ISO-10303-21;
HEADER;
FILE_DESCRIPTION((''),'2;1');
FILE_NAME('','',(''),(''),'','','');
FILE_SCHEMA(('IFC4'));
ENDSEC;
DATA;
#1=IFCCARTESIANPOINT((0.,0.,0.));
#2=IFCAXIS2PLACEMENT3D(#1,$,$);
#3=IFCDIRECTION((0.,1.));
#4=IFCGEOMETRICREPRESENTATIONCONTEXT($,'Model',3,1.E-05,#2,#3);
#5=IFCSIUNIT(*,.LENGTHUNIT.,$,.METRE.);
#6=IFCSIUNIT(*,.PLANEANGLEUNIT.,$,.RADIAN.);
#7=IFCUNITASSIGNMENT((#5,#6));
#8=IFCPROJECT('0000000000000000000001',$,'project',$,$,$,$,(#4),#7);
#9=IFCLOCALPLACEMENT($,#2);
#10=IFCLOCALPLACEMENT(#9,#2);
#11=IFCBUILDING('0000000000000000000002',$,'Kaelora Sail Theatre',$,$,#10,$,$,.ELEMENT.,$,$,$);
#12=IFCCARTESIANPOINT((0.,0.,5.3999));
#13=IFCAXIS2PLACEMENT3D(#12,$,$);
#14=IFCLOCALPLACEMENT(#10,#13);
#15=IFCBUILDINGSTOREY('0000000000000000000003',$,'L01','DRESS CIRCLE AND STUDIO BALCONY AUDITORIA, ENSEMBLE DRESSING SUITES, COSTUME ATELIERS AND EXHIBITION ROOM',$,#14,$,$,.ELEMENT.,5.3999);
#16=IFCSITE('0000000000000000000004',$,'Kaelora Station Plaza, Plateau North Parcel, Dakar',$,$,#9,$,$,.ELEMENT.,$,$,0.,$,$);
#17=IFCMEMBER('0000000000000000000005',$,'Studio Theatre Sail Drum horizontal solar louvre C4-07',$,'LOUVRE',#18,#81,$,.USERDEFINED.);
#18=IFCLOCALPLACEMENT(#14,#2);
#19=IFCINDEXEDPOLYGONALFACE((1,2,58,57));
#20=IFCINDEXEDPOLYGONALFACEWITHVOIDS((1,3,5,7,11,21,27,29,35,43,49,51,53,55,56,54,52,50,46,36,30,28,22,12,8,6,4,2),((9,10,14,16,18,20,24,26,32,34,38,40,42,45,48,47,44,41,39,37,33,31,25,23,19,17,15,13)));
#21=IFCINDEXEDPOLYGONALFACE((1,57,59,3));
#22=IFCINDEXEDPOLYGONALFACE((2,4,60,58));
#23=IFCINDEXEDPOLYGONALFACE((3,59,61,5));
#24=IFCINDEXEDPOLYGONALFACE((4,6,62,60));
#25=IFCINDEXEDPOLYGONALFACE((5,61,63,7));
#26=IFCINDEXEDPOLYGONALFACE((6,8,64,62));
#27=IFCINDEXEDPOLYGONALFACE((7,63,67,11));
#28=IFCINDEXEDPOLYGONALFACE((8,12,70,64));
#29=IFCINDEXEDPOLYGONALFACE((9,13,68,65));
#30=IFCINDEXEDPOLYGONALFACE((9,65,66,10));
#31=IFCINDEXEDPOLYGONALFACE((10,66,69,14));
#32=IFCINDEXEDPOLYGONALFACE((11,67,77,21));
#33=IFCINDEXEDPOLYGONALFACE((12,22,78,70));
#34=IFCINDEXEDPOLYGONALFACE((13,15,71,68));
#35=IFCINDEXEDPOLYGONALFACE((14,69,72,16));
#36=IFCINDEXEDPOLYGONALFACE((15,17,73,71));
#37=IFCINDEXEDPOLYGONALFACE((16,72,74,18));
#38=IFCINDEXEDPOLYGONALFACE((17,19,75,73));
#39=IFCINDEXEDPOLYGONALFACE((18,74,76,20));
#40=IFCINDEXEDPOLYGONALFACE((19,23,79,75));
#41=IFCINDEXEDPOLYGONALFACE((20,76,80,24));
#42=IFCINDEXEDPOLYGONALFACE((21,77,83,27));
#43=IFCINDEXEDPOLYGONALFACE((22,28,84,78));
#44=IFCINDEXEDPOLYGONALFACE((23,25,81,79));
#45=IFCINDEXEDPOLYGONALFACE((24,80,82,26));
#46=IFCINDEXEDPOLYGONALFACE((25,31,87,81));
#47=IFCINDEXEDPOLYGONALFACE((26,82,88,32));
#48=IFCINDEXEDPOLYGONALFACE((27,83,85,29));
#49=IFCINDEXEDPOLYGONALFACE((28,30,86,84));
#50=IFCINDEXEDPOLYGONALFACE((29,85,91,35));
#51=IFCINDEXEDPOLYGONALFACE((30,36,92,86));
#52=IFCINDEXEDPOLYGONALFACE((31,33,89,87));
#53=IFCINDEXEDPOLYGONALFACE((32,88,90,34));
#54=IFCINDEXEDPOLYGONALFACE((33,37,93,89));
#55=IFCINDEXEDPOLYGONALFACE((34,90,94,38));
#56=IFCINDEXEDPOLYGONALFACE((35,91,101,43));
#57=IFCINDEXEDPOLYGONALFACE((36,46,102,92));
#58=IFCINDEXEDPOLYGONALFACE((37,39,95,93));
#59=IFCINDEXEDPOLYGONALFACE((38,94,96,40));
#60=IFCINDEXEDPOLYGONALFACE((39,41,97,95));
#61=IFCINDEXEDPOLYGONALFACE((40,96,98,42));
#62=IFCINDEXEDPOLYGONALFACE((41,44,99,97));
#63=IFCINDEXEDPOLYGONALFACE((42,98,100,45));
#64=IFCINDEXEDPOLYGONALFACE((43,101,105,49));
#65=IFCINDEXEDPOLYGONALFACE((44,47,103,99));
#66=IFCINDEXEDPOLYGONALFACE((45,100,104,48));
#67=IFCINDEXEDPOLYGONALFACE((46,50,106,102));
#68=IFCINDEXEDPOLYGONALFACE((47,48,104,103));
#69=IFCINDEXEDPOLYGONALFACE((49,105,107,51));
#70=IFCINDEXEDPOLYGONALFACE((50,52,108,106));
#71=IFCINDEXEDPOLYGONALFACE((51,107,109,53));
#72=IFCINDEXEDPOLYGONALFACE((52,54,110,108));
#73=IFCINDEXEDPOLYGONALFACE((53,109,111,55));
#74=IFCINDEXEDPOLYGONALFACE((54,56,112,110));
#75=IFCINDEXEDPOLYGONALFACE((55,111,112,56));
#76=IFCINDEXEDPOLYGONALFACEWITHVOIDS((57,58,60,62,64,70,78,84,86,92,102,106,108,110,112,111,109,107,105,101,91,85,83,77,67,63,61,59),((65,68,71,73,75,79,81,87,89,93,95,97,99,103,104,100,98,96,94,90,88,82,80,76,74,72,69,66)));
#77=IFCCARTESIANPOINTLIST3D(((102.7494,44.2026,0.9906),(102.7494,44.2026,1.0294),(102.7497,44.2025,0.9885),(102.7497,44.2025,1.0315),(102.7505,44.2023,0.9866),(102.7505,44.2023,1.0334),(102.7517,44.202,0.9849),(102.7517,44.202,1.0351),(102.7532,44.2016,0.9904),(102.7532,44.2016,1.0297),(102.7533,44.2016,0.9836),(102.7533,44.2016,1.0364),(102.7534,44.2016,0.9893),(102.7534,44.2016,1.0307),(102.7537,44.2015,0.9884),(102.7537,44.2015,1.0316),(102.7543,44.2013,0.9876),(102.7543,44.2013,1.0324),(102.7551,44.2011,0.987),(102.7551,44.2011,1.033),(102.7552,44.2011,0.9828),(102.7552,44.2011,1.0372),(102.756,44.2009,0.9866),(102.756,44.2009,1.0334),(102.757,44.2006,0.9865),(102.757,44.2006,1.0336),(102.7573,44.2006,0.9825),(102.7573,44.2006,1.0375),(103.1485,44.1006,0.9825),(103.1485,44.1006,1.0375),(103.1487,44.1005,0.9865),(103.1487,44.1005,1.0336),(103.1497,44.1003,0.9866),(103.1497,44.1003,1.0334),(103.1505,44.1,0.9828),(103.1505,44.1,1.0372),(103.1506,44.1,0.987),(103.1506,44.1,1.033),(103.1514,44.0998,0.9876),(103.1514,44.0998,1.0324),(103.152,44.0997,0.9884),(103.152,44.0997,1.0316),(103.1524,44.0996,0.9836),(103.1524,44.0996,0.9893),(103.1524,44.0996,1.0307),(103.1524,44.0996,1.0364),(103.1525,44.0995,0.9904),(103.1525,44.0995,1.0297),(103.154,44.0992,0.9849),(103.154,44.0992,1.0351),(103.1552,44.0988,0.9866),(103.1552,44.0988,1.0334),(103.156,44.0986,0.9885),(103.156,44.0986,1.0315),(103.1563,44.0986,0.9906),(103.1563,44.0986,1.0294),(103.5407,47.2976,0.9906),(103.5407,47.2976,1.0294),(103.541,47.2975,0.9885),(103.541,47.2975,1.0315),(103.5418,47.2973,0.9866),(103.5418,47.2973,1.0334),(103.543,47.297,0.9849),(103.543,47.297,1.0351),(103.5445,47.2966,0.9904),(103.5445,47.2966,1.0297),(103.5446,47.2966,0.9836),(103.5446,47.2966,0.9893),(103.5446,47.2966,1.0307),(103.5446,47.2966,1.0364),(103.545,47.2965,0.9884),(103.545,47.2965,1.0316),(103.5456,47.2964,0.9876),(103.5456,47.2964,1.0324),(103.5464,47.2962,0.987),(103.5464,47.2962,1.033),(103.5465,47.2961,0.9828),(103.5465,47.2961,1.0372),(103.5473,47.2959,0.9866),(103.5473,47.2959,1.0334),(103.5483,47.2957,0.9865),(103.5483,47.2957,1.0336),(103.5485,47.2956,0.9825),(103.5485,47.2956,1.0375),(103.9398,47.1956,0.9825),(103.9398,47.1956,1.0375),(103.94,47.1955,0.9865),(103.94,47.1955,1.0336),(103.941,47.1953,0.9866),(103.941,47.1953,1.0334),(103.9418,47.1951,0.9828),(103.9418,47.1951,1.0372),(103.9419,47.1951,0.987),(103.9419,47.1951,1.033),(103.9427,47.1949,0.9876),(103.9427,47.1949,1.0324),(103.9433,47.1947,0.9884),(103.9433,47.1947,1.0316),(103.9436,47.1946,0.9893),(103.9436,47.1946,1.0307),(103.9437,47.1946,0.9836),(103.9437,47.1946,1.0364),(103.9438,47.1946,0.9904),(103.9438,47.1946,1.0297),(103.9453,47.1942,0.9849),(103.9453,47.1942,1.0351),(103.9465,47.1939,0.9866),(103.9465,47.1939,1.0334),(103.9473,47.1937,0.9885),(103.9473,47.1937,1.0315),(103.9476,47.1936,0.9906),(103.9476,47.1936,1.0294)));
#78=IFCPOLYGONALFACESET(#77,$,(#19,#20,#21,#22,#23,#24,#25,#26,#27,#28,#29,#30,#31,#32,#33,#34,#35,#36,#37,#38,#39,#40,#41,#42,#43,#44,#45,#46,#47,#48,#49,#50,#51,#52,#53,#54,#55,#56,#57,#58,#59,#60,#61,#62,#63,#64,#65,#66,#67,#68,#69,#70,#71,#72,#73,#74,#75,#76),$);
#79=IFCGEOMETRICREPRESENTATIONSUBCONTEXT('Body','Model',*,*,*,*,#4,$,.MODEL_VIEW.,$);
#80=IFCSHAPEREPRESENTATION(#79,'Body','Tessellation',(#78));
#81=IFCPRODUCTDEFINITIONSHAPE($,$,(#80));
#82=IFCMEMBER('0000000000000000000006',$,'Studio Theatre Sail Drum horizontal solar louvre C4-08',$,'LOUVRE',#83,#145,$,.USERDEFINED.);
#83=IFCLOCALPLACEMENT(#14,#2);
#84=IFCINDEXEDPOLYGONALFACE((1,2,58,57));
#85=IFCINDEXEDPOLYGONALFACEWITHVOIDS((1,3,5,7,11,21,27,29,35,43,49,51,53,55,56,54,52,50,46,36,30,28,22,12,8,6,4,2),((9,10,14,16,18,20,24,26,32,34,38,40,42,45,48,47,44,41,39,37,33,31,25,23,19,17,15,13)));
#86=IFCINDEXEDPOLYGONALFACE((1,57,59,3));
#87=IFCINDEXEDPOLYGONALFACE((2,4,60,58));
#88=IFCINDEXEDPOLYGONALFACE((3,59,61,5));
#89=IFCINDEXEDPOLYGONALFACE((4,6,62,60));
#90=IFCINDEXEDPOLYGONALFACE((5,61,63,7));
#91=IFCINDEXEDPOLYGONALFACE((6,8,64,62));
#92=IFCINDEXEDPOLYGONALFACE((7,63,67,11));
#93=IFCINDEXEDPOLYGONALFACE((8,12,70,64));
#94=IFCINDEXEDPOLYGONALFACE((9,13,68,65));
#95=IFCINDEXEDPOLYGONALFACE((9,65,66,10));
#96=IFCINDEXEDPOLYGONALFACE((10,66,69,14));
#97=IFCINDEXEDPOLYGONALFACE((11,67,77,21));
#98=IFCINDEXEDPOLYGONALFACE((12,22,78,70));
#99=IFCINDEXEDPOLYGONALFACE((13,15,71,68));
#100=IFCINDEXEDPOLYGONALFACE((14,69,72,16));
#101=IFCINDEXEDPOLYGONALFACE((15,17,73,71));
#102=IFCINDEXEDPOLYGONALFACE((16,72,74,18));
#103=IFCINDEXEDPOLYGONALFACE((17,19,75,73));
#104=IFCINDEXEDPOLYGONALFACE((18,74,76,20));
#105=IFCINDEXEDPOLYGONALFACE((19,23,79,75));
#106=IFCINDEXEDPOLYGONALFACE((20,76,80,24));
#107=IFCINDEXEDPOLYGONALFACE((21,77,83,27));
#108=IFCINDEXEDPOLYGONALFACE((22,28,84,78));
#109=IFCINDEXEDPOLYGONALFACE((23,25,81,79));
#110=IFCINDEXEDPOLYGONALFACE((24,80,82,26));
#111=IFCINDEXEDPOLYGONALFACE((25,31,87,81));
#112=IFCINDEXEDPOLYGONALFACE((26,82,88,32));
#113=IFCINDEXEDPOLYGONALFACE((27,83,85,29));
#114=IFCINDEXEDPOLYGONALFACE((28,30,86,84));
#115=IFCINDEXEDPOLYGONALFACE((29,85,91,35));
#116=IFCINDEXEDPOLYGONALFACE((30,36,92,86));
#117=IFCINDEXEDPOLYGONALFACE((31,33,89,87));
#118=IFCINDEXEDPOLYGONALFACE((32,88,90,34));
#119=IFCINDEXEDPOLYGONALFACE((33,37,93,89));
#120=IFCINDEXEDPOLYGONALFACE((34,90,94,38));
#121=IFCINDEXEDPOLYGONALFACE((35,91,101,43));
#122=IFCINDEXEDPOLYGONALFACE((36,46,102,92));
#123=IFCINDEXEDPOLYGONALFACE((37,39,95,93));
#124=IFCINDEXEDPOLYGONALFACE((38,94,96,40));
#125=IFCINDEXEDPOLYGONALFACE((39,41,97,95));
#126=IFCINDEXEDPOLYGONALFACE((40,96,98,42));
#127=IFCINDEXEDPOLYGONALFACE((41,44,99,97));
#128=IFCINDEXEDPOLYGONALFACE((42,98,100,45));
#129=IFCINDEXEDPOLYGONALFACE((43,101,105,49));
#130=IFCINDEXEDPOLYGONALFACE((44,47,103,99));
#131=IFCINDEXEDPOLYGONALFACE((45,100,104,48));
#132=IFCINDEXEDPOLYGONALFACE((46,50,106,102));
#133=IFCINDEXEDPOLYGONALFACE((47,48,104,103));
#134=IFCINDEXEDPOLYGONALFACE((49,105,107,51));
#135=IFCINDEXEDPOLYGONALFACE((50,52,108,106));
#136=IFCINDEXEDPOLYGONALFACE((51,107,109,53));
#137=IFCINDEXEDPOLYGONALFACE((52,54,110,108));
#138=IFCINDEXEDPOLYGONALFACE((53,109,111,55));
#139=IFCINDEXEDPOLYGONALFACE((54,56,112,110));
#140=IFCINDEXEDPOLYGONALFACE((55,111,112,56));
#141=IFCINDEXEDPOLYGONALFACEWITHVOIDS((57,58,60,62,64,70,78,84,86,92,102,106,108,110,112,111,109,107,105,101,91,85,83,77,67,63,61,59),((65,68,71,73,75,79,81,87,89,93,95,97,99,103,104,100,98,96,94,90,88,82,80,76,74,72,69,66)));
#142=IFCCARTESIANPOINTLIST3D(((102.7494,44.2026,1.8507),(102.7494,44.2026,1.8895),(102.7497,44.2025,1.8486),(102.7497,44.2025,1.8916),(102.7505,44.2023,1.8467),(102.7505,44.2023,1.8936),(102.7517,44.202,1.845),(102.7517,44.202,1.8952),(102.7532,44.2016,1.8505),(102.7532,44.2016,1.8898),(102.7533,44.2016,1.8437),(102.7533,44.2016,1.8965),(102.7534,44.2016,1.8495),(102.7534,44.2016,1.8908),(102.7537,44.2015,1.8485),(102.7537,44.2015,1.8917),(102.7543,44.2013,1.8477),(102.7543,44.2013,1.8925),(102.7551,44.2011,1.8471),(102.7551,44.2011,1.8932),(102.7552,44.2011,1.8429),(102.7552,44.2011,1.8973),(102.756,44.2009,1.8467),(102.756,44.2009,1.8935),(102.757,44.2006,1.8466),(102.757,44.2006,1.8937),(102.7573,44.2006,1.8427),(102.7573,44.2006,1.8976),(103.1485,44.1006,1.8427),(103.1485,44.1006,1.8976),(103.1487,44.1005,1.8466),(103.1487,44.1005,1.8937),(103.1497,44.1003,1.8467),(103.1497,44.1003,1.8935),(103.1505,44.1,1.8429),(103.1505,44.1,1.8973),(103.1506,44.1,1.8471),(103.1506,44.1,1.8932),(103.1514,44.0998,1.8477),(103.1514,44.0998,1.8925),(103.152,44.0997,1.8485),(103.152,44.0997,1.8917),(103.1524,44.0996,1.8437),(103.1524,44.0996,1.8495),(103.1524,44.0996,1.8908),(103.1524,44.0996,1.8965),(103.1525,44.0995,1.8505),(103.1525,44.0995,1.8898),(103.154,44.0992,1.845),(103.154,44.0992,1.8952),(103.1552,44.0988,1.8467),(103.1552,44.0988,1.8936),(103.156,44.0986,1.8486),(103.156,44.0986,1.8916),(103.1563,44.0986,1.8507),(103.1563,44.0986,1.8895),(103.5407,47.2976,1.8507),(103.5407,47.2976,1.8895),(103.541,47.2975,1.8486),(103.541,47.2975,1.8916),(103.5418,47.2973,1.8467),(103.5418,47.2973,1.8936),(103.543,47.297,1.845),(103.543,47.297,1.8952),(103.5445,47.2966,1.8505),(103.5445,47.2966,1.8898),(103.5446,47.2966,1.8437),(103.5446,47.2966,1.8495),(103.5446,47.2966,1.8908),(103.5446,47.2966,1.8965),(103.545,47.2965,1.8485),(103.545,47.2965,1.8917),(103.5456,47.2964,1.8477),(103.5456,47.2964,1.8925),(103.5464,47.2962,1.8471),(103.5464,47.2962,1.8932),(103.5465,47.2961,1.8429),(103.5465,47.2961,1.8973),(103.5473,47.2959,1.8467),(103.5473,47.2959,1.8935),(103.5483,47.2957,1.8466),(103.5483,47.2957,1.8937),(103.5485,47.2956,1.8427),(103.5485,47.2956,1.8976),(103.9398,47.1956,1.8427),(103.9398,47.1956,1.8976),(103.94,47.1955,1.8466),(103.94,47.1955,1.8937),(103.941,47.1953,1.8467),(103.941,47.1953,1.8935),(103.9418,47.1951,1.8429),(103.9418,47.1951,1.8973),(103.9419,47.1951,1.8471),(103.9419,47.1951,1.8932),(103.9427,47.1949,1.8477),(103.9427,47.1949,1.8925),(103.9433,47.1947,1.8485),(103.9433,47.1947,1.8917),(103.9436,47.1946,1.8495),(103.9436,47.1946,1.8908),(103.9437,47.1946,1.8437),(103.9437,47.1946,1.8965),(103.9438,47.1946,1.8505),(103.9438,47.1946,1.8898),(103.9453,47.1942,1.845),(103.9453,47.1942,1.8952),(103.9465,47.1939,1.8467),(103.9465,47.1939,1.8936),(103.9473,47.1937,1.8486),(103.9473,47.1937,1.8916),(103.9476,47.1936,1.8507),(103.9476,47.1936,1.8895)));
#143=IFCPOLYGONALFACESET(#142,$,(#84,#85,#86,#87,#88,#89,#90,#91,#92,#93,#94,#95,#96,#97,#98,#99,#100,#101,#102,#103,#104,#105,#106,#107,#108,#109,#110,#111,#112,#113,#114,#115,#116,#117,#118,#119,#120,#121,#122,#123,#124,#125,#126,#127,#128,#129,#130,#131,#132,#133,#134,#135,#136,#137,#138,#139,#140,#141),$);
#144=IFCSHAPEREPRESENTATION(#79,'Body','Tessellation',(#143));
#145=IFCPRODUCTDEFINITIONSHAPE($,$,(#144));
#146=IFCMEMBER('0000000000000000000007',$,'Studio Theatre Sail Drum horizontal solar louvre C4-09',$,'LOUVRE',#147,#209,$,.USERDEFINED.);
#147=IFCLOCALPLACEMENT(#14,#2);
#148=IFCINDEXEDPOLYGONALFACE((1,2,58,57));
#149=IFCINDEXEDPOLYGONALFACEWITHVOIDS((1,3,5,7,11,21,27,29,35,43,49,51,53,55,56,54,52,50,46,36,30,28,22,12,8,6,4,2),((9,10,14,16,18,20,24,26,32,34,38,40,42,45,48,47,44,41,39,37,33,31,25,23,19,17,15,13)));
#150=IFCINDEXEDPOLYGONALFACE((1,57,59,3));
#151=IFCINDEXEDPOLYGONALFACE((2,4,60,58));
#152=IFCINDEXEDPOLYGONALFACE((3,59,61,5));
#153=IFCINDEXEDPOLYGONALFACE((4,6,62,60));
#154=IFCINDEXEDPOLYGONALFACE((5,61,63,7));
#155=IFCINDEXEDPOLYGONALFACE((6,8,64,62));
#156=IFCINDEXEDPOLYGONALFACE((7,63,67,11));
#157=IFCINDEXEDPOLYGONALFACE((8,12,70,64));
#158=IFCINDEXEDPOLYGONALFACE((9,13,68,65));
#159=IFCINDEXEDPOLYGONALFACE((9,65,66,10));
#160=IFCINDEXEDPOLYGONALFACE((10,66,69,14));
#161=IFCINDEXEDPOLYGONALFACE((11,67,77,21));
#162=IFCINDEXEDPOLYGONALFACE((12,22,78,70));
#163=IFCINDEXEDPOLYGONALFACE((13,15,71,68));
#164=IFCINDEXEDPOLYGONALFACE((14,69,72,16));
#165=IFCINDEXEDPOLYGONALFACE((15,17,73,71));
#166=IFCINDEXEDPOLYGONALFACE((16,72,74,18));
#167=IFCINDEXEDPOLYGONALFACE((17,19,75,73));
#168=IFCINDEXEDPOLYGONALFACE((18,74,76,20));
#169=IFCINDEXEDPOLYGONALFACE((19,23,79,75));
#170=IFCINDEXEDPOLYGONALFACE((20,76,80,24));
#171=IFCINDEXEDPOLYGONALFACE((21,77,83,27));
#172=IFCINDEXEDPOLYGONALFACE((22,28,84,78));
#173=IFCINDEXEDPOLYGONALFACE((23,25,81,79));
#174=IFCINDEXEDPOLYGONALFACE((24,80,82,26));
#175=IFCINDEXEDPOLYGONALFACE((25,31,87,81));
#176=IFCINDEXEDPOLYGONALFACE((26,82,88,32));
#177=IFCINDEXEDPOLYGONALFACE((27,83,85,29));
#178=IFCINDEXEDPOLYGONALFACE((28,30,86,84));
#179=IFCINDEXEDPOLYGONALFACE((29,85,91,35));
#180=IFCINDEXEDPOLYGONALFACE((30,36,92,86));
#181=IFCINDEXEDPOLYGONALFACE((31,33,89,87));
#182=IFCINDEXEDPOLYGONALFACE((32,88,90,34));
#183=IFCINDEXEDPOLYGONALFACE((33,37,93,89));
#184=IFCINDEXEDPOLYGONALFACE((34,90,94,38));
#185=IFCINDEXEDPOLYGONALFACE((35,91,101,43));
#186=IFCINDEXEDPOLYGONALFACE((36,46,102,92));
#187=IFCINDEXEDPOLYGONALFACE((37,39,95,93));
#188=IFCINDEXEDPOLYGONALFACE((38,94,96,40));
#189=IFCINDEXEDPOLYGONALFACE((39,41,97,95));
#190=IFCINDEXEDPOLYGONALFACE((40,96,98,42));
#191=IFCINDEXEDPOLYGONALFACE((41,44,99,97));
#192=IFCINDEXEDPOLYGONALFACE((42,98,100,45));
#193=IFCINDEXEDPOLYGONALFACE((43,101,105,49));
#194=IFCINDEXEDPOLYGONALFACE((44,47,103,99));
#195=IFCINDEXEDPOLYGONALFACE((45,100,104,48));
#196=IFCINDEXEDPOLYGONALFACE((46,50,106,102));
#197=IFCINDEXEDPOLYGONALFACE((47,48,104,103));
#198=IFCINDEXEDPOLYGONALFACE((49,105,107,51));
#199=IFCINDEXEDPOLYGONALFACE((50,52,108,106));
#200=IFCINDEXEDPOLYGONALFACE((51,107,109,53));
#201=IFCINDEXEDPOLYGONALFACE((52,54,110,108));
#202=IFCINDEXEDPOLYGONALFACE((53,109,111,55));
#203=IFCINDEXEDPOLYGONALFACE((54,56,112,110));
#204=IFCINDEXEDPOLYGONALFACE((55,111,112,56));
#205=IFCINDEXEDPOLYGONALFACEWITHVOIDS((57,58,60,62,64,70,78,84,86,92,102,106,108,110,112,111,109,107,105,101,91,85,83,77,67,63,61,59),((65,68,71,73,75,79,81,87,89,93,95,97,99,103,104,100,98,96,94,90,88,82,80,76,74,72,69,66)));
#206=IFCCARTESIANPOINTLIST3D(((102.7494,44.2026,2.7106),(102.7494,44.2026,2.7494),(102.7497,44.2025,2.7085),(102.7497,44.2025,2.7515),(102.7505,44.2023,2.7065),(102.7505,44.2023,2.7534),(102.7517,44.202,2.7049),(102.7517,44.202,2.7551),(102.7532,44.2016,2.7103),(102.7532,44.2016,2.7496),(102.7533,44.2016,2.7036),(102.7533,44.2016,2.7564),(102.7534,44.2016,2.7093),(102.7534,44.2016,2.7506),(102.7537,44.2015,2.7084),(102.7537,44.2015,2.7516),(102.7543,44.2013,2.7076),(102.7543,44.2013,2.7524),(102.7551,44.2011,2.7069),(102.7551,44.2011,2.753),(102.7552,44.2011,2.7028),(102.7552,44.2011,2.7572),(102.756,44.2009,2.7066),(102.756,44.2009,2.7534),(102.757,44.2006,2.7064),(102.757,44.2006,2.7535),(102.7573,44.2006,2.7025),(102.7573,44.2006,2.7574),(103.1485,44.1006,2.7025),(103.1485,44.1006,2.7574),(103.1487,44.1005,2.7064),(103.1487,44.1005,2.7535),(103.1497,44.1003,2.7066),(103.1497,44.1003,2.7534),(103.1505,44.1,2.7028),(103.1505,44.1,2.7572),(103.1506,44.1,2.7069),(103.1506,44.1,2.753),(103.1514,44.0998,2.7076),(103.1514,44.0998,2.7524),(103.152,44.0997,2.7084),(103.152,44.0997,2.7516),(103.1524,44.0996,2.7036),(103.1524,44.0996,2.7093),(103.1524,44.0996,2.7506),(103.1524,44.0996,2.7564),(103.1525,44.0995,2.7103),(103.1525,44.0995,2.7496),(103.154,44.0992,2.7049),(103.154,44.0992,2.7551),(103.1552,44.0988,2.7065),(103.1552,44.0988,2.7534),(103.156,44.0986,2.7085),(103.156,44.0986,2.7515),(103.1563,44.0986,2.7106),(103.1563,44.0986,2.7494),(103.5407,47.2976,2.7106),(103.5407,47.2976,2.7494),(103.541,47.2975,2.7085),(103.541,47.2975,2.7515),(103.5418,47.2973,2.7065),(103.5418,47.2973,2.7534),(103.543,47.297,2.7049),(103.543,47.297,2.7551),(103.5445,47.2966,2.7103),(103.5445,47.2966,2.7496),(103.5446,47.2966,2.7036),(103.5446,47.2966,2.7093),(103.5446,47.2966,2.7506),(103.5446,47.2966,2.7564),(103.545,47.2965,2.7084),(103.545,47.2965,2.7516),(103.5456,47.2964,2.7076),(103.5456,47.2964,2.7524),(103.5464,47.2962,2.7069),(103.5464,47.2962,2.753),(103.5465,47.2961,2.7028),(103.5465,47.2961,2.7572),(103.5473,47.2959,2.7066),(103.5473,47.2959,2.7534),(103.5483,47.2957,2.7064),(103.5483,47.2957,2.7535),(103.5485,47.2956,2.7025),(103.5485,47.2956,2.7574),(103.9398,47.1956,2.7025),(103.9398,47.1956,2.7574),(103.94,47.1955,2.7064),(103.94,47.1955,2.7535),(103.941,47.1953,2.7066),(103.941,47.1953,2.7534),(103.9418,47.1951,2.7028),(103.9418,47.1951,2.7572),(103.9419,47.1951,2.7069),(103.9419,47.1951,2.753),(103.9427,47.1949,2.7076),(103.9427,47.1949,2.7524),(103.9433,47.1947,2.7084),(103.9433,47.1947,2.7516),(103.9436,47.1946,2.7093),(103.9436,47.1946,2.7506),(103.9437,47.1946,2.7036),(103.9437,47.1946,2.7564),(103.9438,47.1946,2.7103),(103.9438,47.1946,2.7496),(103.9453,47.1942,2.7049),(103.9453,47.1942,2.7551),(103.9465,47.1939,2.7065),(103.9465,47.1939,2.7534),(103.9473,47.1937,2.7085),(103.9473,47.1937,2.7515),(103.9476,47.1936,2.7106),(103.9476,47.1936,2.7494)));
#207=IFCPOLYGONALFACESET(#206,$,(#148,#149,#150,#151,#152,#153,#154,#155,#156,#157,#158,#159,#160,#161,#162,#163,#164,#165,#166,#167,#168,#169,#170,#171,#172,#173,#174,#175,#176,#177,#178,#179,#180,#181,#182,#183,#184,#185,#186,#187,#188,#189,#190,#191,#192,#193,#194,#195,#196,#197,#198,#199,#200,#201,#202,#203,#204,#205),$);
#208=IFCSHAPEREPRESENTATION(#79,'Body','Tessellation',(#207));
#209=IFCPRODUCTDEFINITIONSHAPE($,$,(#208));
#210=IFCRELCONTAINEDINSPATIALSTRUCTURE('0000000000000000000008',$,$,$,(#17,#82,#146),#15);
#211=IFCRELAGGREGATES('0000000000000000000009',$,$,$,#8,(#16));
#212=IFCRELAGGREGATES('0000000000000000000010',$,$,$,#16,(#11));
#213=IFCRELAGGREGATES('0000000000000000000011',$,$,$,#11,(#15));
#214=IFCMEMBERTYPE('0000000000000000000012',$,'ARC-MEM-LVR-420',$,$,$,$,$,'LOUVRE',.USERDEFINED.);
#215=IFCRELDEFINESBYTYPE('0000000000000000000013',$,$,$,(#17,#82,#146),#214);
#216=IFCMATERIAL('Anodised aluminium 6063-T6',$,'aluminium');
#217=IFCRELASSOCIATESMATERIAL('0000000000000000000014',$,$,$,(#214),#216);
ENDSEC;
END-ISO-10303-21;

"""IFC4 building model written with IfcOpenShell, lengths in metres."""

from ifc_helpers import new_model, si_unit, direction, frame, origin, origin_2d, place, context, subcontext, project, spatial, hollow_rectangle, extrude, material, material_profile, profile_set, type_object, element, save


model = new_model("IFC4")

# Units and contexts
model_context = context("Model", 3, precision=1e-05, world=origin(), true_north=direction((0.0, 1.0)))
body_context = subcontext(model_context, "Body", "Model", "MODEL_VIEW")
ifc_project = project(units=[si_unit("LENGTHUNIT", "METRE"), si_unit("PLANEANGLEUNIT", "RADIAN")], contexts=[model_context])

# Site, building, storey
site_placement = place(None, origin())
site = spatial("IfcSite", under=ifc_project, at=site_placement, Name="Kaelora Station Plaza, Plateau North Parcel, Dakar", CompositionType="ELEMENT", RefElevation=0.0)
building_placement = place(site_placement, origin())
building = spatial("IfcBuilding", under=site, at=building_placement, Name="Kaelora Sail Theatre", CompositionType="ELEMENT")
storey_placement = place(building_placement, frame((0.0, 0.0, 5.3999)))
storey = spatial("IfcBuildingStorey", under=building, at=storey_placement, Name="L01", Description="DRESS CIRCLE AND STUDIO BALCONY AUDITORIA, ENSEMBLE DRESSING SUITES, COSTUME ATELIERS AND EXHIBITION ROOM", CompositionType="ELEMENT", Elevation=5.3999)

# Members
ifc_material_1 = material(Name="Anodised aluminium 6063-T6", Category="aluminium")
ifc_material_profile_1 = material_profile(ifc_material_1, hollow_rectangle(XDim=0.4199, YDim=0.0549, WallThickness=0.0039, InnerFilletRadius=0.0039, OuterFilletRadius=0.0081, at=origin_2d()), Name="LOUVRE 420x55x4")
ifc_profile_set_1 = profile_set([ifc_material_profile_1], Name="Anodised aluminium 6063-T6")
member_type = type_object("IfcMemberType", Name="ARC-MEM-LVR-420", ElementType="LOUVRE", PredefinedType="USERDEFINED", material=ifc_profile_set_1)
for number, where, z_axis, x_axis, name in (
    (1, (103.7441, 47.2456, 1.01), (-0.247693, -0.968839, 0.0), (0.968839, -0.247693, 0.0), "Studio Theatre Sail Drum horizontal solar louvre C4-07"),
    (2, (103.7441, 47.2456, 1.8701), (-0.247693, -0.968839, 0.0), (0.968839, -0.247693, 0.0), "Studio Theatre Sail Drum horizontal solar louvre C4-08"),
    (3, (103.7441, 47.2456, 2.73), (-0.247693, -0.968839, 0.0), (0.968839, -0.247693, 0.0), "Studio Theatre Sail Drum horizontal solar louvre C4-09"),
):
    element("IfcMember", number, at=place(storey_placement, frame(where, z_axis=z_axis, x_axis=x_axis)), inside=storey, type_object=member_type, Name=name, ObjectType="LOUVRE", PredefinedType="USERDEFINED", context=body_context, shape_type="SweptSolid", body=[
        extrude(hollow_rectangle(XDim=0.4199, YDim=0.0549, WallThickness=0.0039, InnerFilletRadius=0.0039, OuterFilletRadius=0.0081, at=origin_2d()), origin(), (0.0, 0.0, 1.0), 3.1946),
    ])

save(model, "model.ifc")
